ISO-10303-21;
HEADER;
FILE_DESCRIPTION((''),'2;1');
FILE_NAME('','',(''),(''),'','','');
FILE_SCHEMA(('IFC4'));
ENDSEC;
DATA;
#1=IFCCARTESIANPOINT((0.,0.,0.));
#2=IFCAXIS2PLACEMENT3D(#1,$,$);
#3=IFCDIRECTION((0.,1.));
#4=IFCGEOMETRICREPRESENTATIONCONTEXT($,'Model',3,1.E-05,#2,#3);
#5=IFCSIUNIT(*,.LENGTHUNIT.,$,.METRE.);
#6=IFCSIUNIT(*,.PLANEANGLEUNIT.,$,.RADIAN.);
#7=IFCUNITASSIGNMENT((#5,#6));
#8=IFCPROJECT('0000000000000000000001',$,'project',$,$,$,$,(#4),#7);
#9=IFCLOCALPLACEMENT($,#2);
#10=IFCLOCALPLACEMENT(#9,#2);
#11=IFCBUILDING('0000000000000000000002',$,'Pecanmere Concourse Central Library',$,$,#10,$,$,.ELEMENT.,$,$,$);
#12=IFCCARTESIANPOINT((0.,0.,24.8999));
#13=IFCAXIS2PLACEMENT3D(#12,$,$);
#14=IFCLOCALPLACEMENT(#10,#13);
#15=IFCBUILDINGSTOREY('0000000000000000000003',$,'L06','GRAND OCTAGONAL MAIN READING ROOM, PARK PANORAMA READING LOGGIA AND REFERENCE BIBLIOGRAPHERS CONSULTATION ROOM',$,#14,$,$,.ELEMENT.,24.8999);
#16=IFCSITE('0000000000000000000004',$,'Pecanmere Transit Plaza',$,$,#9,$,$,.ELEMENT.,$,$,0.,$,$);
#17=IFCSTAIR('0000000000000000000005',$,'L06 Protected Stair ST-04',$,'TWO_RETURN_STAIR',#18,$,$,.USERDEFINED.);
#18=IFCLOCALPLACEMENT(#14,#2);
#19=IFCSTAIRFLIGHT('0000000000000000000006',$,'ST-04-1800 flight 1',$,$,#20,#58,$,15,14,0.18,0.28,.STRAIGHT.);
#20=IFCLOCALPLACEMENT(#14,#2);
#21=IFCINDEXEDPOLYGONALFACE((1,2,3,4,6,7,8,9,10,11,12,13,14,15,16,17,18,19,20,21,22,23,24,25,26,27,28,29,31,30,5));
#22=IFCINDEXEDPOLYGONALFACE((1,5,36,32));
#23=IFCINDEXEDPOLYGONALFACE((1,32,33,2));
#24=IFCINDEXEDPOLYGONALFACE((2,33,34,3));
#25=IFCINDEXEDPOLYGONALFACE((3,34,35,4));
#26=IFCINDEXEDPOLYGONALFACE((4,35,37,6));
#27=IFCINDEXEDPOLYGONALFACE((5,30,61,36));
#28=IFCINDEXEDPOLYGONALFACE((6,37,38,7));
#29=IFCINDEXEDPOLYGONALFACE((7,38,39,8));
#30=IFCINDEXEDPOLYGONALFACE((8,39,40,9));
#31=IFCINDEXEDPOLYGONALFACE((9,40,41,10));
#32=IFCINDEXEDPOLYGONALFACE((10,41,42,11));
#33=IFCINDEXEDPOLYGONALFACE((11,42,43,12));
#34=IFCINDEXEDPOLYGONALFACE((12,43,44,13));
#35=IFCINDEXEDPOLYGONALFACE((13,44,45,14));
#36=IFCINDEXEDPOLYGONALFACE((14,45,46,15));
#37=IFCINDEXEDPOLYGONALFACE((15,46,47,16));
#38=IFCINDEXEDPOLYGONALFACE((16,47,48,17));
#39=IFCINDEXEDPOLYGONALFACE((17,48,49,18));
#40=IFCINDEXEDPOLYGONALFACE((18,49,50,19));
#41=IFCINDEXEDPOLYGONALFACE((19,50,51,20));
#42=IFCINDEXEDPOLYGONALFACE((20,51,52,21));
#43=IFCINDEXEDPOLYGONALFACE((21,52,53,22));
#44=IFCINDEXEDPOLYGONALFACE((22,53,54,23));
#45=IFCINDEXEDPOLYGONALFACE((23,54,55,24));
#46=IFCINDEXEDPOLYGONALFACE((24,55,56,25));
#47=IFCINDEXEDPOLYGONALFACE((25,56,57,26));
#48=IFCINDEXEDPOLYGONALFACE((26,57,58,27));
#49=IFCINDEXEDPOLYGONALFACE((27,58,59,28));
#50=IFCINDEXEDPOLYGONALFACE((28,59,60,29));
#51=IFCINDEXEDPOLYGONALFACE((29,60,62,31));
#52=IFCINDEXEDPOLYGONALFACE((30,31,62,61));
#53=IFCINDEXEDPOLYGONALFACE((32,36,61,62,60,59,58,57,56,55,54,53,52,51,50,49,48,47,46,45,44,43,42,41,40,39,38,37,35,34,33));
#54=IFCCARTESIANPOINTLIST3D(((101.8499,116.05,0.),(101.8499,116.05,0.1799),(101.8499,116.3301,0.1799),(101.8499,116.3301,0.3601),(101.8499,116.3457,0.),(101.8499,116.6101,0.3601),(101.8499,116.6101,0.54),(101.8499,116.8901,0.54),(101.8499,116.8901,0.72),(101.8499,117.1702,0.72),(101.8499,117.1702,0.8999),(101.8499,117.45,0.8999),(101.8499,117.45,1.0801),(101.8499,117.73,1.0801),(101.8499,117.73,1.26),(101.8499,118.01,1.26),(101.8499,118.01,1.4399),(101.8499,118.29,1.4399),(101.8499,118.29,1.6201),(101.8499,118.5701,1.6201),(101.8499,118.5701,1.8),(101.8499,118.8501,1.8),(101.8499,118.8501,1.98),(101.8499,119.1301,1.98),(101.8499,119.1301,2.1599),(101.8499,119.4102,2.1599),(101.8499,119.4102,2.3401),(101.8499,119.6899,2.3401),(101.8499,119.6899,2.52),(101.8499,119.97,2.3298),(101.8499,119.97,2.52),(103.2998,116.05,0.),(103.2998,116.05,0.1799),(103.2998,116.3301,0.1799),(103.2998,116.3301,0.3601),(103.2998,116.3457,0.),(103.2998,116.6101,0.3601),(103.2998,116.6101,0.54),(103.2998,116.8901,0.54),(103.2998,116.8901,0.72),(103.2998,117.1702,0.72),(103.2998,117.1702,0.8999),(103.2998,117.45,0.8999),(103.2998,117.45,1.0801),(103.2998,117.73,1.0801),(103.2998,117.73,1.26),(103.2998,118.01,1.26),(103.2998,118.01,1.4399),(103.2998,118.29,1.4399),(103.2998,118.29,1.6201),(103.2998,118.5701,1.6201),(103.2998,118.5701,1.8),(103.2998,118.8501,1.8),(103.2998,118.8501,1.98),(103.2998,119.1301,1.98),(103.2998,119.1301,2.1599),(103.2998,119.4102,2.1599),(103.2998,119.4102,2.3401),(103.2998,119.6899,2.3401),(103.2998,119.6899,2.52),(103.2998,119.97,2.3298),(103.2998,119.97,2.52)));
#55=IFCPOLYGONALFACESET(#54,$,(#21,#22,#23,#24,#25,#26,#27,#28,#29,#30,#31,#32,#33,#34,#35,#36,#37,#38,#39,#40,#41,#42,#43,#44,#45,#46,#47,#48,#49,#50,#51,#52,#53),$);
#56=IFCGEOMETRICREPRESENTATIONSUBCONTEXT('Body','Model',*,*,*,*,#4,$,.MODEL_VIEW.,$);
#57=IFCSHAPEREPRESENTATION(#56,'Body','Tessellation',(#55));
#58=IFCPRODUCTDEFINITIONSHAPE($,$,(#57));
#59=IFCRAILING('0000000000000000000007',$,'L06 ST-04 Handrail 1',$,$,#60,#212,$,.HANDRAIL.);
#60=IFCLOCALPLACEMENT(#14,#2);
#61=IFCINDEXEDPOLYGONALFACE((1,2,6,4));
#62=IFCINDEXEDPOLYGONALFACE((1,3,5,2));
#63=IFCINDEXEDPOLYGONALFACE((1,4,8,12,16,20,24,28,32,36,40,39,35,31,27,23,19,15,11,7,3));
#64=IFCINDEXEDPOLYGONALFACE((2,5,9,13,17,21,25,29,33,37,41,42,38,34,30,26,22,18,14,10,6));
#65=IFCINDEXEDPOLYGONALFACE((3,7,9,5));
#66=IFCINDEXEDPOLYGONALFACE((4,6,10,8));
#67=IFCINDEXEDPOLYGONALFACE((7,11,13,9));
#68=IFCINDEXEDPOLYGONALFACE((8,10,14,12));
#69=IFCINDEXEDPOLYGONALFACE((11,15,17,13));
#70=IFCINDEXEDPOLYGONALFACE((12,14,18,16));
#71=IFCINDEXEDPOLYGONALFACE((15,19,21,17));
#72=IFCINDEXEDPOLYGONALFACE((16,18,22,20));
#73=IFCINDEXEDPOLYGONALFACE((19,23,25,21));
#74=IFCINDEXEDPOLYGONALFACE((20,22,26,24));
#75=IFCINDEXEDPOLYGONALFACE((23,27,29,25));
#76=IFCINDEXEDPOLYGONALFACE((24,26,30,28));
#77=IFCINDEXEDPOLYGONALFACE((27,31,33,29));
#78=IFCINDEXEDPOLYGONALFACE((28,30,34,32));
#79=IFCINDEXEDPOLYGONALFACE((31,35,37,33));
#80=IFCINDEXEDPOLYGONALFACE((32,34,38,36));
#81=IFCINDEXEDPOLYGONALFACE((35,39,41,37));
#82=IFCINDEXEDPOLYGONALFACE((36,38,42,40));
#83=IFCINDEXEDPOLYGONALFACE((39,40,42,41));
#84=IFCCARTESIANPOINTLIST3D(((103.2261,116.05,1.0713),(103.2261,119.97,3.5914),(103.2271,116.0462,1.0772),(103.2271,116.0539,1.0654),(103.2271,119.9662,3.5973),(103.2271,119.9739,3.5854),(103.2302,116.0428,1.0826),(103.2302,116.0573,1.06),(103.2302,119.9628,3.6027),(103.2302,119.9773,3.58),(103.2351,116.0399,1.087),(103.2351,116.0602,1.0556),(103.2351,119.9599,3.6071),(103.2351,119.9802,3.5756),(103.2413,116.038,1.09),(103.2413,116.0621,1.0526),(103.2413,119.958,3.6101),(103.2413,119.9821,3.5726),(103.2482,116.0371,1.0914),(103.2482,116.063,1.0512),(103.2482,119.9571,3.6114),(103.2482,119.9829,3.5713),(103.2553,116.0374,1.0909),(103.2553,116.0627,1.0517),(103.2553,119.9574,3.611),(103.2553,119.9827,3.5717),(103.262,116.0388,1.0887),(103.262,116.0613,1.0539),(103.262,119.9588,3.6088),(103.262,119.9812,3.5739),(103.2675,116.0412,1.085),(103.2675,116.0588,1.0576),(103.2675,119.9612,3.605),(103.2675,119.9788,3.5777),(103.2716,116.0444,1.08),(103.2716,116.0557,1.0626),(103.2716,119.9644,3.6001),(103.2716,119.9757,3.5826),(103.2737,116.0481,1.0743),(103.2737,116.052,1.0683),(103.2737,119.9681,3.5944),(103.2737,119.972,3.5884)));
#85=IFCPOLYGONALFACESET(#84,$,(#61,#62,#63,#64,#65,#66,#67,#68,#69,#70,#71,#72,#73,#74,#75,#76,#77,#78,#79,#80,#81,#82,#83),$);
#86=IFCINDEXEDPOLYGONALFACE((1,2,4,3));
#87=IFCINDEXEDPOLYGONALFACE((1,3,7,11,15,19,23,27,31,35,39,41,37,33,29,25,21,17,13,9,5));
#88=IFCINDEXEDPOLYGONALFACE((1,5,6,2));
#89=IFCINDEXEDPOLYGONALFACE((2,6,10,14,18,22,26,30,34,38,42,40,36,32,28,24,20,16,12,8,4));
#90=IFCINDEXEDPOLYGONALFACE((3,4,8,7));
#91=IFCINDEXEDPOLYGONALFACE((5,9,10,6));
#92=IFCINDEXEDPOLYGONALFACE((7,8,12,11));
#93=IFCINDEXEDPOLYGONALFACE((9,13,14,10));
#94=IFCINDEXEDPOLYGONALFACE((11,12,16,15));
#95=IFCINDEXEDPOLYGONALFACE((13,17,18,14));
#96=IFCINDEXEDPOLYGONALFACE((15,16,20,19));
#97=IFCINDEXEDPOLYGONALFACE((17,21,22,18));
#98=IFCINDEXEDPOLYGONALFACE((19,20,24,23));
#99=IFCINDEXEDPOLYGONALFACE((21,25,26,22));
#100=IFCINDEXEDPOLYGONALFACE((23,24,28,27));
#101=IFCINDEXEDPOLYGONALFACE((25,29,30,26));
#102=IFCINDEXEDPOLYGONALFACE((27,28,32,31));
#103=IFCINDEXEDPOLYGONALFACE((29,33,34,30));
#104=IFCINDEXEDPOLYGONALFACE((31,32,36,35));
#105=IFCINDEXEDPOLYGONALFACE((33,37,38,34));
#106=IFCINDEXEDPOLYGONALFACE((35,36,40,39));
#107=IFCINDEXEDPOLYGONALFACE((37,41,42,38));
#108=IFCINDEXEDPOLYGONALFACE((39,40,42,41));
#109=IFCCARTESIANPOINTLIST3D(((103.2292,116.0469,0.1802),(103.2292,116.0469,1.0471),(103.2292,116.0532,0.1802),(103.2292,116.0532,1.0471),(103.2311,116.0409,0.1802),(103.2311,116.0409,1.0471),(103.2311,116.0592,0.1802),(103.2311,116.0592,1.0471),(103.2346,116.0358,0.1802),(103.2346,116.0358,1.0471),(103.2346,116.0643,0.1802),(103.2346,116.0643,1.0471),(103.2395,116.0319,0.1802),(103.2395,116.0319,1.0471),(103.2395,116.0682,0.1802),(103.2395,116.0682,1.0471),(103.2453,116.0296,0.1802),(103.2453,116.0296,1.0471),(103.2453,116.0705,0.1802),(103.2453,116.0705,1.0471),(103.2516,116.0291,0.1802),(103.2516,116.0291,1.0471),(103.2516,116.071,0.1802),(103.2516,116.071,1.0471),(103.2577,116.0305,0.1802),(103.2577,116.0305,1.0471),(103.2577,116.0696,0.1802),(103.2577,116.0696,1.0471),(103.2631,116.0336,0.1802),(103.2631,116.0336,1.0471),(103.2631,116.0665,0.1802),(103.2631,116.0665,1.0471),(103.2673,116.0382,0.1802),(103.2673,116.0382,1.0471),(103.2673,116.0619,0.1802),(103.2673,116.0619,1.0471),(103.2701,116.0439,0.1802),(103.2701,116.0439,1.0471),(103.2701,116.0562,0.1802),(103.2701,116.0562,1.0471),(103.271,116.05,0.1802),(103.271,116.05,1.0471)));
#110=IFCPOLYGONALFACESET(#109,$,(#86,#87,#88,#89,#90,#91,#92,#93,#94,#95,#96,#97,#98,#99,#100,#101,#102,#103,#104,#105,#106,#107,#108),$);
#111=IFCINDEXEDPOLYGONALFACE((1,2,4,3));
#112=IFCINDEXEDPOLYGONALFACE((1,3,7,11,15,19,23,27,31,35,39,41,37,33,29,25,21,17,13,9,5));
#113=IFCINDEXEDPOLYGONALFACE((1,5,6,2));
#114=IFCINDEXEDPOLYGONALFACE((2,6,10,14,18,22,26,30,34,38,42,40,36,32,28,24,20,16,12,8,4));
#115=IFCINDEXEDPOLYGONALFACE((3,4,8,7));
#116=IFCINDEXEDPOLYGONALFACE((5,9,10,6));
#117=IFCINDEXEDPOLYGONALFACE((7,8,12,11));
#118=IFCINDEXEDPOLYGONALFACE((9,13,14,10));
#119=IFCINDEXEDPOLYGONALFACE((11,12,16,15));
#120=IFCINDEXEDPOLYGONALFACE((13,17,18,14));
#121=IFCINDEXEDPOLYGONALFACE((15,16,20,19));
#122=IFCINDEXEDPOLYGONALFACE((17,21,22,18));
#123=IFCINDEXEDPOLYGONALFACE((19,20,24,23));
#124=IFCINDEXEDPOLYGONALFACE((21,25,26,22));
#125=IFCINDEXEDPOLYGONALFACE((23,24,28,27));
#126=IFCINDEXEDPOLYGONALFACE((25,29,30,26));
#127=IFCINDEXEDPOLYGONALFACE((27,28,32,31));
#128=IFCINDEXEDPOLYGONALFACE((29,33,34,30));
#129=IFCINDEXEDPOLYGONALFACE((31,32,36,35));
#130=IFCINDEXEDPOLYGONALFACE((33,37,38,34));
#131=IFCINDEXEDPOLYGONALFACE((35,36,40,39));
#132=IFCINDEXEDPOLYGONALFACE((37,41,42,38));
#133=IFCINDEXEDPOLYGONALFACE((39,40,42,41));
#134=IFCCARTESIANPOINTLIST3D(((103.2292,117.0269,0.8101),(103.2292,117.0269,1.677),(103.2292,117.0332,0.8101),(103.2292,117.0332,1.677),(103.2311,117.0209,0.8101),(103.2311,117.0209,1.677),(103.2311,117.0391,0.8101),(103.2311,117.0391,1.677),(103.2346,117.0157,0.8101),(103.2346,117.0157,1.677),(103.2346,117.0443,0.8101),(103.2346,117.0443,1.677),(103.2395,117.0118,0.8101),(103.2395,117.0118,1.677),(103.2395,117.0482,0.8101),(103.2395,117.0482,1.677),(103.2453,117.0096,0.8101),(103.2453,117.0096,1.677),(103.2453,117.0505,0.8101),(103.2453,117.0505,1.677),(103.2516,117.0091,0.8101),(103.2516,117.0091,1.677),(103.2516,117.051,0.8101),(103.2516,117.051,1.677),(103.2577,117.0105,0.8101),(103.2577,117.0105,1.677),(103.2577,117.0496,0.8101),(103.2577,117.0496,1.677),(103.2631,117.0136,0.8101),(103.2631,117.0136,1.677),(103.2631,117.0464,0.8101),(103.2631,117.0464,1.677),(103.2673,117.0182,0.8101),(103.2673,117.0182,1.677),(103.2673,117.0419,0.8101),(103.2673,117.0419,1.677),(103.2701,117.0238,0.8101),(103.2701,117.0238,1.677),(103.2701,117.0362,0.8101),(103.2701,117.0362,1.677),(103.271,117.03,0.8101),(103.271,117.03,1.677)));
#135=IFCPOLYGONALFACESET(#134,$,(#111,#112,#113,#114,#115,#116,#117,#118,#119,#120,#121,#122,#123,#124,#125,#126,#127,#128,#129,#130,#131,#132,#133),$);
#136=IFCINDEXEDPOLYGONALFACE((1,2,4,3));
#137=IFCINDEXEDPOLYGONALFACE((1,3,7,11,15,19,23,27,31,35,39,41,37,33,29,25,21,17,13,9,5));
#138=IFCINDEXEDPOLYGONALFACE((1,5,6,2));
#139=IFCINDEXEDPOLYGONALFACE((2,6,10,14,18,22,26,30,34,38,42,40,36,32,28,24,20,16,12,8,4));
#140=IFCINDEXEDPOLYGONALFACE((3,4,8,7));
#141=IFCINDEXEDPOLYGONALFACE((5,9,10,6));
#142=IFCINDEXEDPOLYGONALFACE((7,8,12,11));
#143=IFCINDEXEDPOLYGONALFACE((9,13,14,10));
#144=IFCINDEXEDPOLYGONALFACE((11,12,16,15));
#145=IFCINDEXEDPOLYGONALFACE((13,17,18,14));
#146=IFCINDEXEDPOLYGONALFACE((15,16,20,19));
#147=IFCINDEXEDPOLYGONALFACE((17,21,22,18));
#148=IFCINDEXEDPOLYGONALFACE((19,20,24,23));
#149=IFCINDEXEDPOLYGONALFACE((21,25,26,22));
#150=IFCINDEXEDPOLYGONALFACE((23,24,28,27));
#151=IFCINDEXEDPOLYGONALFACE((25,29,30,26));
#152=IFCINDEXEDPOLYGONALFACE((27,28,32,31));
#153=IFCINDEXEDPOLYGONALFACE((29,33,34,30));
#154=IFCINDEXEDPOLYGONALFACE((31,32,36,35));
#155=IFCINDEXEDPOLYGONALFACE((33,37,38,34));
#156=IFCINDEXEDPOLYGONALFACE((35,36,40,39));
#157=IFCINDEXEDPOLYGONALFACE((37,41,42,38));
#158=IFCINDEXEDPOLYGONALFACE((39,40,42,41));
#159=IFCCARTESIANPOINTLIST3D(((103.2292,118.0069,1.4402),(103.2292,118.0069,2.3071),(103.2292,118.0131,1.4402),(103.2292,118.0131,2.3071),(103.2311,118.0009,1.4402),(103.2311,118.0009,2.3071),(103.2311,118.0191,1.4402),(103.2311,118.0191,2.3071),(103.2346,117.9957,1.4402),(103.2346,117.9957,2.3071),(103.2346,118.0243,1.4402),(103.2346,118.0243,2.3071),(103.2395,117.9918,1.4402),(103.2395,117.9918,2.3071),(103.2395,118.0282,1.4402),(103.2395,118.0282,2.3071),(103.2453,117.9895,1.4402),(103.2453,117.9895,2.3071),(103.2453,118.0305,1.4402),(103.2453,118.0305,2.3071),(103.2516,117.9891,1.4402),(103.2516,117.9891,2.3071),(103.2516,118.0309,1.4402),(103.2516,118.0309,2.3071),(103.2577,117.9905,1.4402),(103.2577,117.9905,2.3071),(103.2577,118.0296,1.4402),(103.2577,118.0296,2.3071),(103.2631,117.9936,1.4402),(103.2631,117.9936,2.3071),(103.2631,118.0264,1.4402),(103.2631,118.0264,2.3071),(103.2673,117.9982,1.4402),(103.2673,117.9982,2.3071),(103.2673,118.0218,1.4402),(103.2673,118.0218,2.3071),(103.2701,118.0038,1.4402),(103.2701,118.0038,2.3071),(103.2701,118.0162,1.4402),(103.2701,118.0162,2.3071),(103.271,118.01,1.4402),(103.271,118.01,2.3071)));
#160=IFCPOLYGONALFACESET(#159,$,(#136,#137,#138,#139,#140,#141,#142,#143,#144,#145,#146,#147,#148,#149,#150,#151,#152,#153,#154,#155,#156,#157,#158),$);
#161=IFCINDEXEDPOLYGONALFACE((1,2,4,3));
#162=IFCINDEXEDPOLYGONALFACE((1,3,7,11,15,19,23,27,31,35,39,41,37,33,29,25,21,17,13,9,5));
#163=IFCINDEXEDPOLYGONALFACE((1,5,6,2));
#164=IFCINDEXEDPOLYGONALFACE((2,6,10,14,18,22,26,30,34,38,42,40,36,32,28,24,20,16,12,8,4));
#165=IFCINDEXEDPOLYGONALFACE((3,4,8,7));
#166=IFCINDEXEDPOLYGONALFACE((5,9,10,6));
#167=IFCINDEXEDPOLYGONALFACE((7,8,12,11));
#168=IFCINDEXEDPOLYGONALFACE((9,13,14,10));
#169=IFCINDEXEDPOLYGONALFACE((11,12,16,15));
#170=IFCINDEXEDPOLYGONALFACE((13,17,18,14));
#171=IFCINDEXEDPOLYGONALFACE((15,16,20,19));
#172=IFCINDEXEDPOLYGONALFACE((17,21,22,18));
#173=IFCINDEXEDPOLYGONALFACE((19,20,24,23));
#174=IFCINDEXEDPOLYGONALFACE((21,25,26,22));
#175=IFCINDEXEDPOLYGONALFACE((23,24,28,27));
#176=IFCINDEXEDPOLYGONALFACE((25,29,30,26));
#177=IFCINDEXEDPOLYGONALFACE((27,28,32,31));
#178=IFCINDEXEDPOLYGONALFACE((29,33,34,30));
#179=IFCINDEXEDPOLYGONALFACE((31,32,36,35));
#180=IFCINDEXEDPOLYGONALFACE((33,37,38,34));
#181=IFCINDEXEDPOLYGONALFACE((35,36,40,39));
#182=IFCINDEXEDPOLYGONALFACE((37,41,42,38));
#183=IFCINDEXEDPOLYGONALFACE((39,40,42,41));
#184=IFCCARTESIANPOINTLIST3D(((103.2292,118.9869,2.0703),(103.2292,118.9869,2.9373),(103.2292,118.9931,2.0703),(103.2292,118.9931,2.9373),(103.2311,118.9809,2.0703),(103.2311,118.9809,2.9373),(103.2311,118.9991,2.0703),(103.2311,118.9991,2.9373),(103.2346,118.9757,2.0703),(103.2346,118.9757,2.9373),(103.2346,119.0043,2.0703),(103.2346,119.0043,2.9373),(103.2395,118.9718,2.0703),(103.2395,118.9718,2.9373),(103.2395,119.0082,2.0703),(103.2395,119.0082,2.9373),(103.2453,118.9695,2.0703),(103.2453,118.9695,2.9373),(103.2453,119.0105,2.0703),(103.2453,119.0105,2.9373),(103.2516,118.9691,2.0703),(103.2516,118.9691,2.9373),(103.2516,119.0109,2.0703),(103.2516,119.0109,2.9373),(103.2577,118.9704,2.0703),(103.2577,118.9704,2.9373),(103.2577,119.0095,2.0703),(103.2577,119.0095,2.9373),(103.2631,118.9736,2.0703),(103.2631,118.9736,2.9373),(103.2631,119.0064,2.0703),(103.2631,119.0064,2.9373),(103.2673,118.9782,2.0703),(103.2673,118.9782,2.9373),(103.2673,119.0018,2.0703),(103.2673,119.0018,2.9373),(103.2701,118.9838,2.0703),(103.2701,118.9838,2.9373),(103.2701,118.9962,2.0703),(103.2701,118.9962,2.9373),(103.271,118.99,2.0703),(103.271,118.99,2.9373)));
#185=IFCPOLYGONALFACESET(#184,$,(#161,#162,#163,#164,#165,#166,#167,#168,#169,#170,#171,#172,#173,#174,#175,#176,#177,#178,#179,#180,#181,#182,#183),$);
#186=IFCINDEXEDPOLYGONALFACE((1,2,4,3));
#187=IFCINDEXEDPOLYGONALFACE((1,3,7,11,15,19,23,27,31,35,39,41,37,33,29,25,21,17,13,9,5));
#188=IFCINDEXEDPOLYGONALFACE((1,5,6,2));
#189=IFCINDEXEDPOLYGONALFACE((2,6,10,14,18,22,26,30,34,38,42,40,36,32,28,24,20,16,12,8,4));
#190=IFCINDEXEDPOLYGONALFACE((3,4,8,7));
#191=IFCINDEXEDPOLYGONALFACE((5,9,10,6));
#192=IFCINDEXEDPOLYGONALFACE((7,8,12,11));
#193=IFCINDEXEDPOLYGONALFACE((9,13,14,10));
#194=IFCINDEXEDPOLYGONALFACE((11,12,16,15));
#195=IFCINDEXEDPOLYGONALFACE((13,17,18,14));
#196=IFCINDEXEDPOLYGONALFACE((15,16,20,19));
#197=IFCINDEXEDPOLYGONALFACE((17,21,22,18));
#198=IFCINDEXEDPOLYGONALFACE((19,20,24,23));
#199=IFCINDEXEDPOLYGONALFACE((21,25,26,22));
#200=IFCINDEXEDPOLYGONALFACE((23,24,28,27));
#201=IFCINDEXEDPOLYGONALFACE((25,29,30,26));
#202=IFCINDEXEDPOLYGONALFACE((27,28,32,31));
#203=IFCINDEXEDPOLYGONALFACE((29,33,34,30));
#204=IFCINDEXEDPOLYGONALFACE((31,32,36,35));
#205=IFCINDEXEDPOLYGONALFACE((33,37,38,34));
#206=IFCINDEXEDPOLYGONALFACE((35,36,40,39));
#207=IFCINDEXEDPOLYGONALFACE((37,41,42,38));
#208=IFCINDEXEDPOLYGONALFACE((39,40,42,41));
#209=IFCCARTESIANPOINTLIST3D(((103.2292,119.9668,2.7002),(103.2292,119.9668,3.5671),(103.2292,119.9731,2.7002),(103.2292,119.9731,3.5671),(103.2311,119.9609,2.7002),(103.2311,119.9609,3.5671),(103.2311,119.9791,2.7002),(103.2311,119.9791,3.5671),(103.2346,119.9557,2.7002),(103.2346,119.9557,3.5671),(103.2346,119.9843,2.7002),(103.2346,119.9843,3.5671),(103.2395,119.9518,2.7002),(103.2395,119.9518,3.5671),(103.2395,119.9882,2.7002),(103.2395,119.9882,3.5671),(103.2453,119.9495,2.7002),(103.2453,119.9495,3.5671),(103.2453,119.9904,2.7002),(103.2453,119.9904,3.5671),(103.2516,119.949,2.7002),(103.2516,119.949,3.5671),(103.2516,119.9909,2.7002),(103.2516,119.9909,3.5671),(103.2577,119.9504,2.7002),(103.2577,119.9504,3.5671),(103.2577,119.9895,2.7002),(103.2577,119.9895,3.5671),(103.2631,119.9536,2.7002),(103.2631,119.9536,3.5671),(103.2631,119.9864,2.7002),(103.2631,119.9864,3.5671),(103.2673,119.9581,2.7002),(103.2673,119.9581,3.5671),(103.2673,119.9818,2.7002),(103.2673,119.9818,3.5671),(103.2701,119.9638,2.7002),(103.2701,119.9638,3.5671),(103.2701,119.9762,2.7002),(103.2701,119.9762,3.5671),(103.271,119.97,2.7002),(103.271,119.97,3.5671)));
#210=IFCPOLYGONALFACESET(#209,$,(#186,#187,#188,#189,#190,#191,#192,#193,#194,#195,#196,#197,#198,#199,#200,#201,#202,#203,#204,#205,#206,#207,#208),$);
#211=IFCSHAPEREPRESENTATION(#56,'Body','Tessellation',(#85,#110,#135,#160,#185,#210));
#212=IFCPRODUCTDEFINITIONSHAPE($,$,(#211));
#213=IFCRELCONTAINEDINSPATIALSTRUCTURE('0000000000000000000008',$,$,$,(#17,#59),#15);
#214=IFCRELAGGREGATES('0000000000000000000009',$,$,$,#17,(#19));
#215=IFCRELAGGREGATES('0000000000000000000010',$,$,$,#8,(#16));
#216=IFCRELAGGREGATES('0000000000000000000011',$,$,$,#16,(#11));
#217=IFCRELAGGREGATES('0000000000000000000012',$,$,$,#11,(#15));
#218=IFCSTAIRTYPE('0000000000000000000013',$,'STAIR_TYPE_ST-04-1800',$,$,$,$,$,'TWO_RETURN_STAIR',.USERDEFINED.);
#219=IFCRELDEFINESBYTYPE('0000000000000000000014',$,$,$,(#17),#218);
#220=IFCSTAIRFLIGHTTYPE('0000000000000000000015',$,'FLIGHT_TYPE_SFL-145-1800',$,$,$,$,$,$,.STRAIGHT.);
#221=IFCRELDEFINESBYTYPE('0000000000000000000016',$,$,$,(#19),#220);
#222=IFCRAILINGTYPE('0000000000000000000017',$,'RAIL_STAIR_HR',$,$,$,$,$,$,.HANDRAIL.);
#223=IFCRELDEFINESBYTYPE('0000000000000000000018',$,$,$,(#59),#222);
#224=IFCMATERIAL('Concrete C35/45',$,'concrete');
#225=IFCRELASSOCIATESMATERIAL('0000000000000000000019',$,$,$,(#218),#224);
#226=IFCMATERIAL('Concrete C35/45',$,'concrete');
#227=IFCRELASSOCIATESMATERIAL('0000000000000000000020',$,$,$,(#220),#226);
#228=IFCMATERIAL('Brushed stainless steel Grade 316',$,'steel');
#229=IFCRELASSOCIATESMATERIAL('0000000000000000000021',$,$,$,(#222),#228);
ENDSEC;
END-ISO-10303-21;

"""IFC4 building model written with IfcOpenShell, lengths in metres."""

from ifc_helpers import new_model, si_unit, direction, frame, origin, origin_2d, place, context, subcontext, project, spatial, polyline, circle, outline, extrude, material, type_object, element, aggregate, save


model = new_model("IFC4")

# Units and contexts
model_context = context("Model", 3, precision=1e-05, world=origin(), true_north=direction((0.0, 1.0)))
body_context = subcontext(model_context, "Body", "Model", "MODEL_VIEW")
ifc_project = project(units=[si_unit("LENGTHUNIT", "METRE"), si_unit("PLANEANGLEUNIT", "RADIAN")], contexts=[model_context])

# Site, building, storey
site_placement = place(None, origin())
site = spatial("IfcSite", under=ifc_project, at=site_placement, Name="Pecanmere Transit Plaza", CompositionType="ELEMENT", RefElevation=0.0)
building_placement = place(site_placement, origin())
building = spatial("IfcBuilding", under=site, at=building_placement, Name="Pecanmere Concourse Central Library", CompositionType="ELEMENT")
storey_placement = place(building_placement, frame((0.0, 0.0, 24.8999)))
storey = spatial("IfcBuildingStorey", under=building, at=storey_placement, Name="L06", Description="GRAND OCTAGONAL MAIN READING ROOM, PARK PANORAMA READING LOGGIA AND REFERENCE BIBLIOGRAPHERS CONSULTATION ROOM", CompositionType="ELEMENT", Elevation=24.8999)

# Stair, stair flight
ifc_material_1 = material(Name="Concrete C35/45", Category="concrete")
stair_type = type_object("IfcStairType", Name="STAIR_TYPE_ST-04-1800", ElementType="TWO_RETURN_STAIR", PredefinedType="USERDEFINED", material=ifc_material_1)
stair_placement = place(storey_placement, origin())
stair = element("IfcStair", 1, at=stair_placement, inside=storey, type_object=stair_type, Name="L06 Protected Stair ST-04", ObjectType="TWO_RETURN_STAIR", PredefinedType="USERDEFINED")
ifc_material_2 = material(Name="Concrete C35/45", Category="concrete")
stair_flight_type = type_object("IfcStairFlightType", Name="FLIGHT_TYPE_SFL-145-1800", PredefinedType="STRAIGHT", material=ifc_material_2)
stair_flight_placement = place(storey_placement, frame((102.575, 116.05, 0.0), z_axis=(0.0, 0.0, 1.0), x_axis=(0.0, 1.0, 0.0)))
stair_flight = element("IfcStairFlight", 2, at=stair_flight_placement, type_object=stair_flight_type, Name="ST-04-1800 flight 1", NumberOfRisers=15, NumberOfTreads=14, PredefinedType="STRAIGHT", RiserHeight=0.18, TreadLength=0.28, context=body_context, shape_type="SweptSolid", body=[
    extrude(outline(polyline([(0.0, 0.0), (0.0, 0.1799), (0.28, 0.1799), (0.28, 0.3601), (0.5601, 0.3601), (0.5601, 0.54), (0.8401, 0.54), (0.8401, 0.72), (1.1201, 0.72), (1.1201, 0.8999), (1.3999, 0.8999), (1.3999, 1.0801), (1.6799, 1.0801), (1.6799, 1.26), (1.96, 1.26), (1.96, 1.4399), (2.24, 1.4399), (2.24, 1.6201), (2.52, 1.6201), (2.52, 1.8), (2.8, 1.8), (2.8, 1.98), (3.0801, 1.98), (3.0801, 2.1599), (3.3601, 2.1599), (3.3601, 2.3401), (3.6399, 2.3401), (3.6399, 2.52), (3.9199, 2.52), (3.9199, 2.7), (3.9199, 2.3298), (0.2957, 0.0), (0.0, 0.0)])), frame((0.0, 0.7251, 0.0), z_axis=(0.0, -1.0, 0.0), x_axis=(1.0, 0.0, 0.0)), (0.0, 0.0, 1.0), 1.45),
])
aggregate(stair, [stair_flight])

# Railing
ifc_material_3 = material(Name="Brushed stainless steel Grade 316", Category="steel")
railing_type = type_object("IfcRailingType", Name="RAIL_STAIR_HR", PredefinedType="HANDRAIL", material=ifc_material_3)
railing_placement = place(storey_placement, frame((103.25, 116.05, 0.1802)))
element("IfcRailing", 3, at=railing_placement, inside=storey, type_object=railing_type, Name="L06 ST-04 Handrail 1", PredefinedType="HANDRAIL", context=body_context, shape_type="SweptSolid", body=[
    extrude(circle(Radius=0.0239, at=origin_2d()), frame((0.0, 0.0, 0.8911), z_axis=(0.0, 0.841172, 0.540768), x_axis=(-1.0, 0.0, 0.0)), (0.0, 0.0, 1.0), 4.6602),
    extrude(circle(Radius=0.021, at=origin_2d()), origin(), (0.0, 0.0, 1.0), 0.8669),
    extrude(circle(Radius=0.021, at=origin_2d()), frame((0.0, 0.98, 0.6299)), (0.0, 0.0, 1.0), 0.8669),
    extrude(circle(Radius=0.021, at=origin_2d()), frame((0.0, 1.96, 1.26)), (0.0, 0.0, 1.0), 0.8669),
    extrude(circle(Radius=0.021, at=origin_2d()), frame((0.0, 2.9399, 1.8901)), (0.0, 0.0, 1.0), 0.8669),
    extrude(circle(Radius=0.021, at=origin_2d()), frame((0.0, 3.9199, 2.52)), (0.0, 0.0, 1.0), 0.8669),
])

save(model, "model.ifc")
